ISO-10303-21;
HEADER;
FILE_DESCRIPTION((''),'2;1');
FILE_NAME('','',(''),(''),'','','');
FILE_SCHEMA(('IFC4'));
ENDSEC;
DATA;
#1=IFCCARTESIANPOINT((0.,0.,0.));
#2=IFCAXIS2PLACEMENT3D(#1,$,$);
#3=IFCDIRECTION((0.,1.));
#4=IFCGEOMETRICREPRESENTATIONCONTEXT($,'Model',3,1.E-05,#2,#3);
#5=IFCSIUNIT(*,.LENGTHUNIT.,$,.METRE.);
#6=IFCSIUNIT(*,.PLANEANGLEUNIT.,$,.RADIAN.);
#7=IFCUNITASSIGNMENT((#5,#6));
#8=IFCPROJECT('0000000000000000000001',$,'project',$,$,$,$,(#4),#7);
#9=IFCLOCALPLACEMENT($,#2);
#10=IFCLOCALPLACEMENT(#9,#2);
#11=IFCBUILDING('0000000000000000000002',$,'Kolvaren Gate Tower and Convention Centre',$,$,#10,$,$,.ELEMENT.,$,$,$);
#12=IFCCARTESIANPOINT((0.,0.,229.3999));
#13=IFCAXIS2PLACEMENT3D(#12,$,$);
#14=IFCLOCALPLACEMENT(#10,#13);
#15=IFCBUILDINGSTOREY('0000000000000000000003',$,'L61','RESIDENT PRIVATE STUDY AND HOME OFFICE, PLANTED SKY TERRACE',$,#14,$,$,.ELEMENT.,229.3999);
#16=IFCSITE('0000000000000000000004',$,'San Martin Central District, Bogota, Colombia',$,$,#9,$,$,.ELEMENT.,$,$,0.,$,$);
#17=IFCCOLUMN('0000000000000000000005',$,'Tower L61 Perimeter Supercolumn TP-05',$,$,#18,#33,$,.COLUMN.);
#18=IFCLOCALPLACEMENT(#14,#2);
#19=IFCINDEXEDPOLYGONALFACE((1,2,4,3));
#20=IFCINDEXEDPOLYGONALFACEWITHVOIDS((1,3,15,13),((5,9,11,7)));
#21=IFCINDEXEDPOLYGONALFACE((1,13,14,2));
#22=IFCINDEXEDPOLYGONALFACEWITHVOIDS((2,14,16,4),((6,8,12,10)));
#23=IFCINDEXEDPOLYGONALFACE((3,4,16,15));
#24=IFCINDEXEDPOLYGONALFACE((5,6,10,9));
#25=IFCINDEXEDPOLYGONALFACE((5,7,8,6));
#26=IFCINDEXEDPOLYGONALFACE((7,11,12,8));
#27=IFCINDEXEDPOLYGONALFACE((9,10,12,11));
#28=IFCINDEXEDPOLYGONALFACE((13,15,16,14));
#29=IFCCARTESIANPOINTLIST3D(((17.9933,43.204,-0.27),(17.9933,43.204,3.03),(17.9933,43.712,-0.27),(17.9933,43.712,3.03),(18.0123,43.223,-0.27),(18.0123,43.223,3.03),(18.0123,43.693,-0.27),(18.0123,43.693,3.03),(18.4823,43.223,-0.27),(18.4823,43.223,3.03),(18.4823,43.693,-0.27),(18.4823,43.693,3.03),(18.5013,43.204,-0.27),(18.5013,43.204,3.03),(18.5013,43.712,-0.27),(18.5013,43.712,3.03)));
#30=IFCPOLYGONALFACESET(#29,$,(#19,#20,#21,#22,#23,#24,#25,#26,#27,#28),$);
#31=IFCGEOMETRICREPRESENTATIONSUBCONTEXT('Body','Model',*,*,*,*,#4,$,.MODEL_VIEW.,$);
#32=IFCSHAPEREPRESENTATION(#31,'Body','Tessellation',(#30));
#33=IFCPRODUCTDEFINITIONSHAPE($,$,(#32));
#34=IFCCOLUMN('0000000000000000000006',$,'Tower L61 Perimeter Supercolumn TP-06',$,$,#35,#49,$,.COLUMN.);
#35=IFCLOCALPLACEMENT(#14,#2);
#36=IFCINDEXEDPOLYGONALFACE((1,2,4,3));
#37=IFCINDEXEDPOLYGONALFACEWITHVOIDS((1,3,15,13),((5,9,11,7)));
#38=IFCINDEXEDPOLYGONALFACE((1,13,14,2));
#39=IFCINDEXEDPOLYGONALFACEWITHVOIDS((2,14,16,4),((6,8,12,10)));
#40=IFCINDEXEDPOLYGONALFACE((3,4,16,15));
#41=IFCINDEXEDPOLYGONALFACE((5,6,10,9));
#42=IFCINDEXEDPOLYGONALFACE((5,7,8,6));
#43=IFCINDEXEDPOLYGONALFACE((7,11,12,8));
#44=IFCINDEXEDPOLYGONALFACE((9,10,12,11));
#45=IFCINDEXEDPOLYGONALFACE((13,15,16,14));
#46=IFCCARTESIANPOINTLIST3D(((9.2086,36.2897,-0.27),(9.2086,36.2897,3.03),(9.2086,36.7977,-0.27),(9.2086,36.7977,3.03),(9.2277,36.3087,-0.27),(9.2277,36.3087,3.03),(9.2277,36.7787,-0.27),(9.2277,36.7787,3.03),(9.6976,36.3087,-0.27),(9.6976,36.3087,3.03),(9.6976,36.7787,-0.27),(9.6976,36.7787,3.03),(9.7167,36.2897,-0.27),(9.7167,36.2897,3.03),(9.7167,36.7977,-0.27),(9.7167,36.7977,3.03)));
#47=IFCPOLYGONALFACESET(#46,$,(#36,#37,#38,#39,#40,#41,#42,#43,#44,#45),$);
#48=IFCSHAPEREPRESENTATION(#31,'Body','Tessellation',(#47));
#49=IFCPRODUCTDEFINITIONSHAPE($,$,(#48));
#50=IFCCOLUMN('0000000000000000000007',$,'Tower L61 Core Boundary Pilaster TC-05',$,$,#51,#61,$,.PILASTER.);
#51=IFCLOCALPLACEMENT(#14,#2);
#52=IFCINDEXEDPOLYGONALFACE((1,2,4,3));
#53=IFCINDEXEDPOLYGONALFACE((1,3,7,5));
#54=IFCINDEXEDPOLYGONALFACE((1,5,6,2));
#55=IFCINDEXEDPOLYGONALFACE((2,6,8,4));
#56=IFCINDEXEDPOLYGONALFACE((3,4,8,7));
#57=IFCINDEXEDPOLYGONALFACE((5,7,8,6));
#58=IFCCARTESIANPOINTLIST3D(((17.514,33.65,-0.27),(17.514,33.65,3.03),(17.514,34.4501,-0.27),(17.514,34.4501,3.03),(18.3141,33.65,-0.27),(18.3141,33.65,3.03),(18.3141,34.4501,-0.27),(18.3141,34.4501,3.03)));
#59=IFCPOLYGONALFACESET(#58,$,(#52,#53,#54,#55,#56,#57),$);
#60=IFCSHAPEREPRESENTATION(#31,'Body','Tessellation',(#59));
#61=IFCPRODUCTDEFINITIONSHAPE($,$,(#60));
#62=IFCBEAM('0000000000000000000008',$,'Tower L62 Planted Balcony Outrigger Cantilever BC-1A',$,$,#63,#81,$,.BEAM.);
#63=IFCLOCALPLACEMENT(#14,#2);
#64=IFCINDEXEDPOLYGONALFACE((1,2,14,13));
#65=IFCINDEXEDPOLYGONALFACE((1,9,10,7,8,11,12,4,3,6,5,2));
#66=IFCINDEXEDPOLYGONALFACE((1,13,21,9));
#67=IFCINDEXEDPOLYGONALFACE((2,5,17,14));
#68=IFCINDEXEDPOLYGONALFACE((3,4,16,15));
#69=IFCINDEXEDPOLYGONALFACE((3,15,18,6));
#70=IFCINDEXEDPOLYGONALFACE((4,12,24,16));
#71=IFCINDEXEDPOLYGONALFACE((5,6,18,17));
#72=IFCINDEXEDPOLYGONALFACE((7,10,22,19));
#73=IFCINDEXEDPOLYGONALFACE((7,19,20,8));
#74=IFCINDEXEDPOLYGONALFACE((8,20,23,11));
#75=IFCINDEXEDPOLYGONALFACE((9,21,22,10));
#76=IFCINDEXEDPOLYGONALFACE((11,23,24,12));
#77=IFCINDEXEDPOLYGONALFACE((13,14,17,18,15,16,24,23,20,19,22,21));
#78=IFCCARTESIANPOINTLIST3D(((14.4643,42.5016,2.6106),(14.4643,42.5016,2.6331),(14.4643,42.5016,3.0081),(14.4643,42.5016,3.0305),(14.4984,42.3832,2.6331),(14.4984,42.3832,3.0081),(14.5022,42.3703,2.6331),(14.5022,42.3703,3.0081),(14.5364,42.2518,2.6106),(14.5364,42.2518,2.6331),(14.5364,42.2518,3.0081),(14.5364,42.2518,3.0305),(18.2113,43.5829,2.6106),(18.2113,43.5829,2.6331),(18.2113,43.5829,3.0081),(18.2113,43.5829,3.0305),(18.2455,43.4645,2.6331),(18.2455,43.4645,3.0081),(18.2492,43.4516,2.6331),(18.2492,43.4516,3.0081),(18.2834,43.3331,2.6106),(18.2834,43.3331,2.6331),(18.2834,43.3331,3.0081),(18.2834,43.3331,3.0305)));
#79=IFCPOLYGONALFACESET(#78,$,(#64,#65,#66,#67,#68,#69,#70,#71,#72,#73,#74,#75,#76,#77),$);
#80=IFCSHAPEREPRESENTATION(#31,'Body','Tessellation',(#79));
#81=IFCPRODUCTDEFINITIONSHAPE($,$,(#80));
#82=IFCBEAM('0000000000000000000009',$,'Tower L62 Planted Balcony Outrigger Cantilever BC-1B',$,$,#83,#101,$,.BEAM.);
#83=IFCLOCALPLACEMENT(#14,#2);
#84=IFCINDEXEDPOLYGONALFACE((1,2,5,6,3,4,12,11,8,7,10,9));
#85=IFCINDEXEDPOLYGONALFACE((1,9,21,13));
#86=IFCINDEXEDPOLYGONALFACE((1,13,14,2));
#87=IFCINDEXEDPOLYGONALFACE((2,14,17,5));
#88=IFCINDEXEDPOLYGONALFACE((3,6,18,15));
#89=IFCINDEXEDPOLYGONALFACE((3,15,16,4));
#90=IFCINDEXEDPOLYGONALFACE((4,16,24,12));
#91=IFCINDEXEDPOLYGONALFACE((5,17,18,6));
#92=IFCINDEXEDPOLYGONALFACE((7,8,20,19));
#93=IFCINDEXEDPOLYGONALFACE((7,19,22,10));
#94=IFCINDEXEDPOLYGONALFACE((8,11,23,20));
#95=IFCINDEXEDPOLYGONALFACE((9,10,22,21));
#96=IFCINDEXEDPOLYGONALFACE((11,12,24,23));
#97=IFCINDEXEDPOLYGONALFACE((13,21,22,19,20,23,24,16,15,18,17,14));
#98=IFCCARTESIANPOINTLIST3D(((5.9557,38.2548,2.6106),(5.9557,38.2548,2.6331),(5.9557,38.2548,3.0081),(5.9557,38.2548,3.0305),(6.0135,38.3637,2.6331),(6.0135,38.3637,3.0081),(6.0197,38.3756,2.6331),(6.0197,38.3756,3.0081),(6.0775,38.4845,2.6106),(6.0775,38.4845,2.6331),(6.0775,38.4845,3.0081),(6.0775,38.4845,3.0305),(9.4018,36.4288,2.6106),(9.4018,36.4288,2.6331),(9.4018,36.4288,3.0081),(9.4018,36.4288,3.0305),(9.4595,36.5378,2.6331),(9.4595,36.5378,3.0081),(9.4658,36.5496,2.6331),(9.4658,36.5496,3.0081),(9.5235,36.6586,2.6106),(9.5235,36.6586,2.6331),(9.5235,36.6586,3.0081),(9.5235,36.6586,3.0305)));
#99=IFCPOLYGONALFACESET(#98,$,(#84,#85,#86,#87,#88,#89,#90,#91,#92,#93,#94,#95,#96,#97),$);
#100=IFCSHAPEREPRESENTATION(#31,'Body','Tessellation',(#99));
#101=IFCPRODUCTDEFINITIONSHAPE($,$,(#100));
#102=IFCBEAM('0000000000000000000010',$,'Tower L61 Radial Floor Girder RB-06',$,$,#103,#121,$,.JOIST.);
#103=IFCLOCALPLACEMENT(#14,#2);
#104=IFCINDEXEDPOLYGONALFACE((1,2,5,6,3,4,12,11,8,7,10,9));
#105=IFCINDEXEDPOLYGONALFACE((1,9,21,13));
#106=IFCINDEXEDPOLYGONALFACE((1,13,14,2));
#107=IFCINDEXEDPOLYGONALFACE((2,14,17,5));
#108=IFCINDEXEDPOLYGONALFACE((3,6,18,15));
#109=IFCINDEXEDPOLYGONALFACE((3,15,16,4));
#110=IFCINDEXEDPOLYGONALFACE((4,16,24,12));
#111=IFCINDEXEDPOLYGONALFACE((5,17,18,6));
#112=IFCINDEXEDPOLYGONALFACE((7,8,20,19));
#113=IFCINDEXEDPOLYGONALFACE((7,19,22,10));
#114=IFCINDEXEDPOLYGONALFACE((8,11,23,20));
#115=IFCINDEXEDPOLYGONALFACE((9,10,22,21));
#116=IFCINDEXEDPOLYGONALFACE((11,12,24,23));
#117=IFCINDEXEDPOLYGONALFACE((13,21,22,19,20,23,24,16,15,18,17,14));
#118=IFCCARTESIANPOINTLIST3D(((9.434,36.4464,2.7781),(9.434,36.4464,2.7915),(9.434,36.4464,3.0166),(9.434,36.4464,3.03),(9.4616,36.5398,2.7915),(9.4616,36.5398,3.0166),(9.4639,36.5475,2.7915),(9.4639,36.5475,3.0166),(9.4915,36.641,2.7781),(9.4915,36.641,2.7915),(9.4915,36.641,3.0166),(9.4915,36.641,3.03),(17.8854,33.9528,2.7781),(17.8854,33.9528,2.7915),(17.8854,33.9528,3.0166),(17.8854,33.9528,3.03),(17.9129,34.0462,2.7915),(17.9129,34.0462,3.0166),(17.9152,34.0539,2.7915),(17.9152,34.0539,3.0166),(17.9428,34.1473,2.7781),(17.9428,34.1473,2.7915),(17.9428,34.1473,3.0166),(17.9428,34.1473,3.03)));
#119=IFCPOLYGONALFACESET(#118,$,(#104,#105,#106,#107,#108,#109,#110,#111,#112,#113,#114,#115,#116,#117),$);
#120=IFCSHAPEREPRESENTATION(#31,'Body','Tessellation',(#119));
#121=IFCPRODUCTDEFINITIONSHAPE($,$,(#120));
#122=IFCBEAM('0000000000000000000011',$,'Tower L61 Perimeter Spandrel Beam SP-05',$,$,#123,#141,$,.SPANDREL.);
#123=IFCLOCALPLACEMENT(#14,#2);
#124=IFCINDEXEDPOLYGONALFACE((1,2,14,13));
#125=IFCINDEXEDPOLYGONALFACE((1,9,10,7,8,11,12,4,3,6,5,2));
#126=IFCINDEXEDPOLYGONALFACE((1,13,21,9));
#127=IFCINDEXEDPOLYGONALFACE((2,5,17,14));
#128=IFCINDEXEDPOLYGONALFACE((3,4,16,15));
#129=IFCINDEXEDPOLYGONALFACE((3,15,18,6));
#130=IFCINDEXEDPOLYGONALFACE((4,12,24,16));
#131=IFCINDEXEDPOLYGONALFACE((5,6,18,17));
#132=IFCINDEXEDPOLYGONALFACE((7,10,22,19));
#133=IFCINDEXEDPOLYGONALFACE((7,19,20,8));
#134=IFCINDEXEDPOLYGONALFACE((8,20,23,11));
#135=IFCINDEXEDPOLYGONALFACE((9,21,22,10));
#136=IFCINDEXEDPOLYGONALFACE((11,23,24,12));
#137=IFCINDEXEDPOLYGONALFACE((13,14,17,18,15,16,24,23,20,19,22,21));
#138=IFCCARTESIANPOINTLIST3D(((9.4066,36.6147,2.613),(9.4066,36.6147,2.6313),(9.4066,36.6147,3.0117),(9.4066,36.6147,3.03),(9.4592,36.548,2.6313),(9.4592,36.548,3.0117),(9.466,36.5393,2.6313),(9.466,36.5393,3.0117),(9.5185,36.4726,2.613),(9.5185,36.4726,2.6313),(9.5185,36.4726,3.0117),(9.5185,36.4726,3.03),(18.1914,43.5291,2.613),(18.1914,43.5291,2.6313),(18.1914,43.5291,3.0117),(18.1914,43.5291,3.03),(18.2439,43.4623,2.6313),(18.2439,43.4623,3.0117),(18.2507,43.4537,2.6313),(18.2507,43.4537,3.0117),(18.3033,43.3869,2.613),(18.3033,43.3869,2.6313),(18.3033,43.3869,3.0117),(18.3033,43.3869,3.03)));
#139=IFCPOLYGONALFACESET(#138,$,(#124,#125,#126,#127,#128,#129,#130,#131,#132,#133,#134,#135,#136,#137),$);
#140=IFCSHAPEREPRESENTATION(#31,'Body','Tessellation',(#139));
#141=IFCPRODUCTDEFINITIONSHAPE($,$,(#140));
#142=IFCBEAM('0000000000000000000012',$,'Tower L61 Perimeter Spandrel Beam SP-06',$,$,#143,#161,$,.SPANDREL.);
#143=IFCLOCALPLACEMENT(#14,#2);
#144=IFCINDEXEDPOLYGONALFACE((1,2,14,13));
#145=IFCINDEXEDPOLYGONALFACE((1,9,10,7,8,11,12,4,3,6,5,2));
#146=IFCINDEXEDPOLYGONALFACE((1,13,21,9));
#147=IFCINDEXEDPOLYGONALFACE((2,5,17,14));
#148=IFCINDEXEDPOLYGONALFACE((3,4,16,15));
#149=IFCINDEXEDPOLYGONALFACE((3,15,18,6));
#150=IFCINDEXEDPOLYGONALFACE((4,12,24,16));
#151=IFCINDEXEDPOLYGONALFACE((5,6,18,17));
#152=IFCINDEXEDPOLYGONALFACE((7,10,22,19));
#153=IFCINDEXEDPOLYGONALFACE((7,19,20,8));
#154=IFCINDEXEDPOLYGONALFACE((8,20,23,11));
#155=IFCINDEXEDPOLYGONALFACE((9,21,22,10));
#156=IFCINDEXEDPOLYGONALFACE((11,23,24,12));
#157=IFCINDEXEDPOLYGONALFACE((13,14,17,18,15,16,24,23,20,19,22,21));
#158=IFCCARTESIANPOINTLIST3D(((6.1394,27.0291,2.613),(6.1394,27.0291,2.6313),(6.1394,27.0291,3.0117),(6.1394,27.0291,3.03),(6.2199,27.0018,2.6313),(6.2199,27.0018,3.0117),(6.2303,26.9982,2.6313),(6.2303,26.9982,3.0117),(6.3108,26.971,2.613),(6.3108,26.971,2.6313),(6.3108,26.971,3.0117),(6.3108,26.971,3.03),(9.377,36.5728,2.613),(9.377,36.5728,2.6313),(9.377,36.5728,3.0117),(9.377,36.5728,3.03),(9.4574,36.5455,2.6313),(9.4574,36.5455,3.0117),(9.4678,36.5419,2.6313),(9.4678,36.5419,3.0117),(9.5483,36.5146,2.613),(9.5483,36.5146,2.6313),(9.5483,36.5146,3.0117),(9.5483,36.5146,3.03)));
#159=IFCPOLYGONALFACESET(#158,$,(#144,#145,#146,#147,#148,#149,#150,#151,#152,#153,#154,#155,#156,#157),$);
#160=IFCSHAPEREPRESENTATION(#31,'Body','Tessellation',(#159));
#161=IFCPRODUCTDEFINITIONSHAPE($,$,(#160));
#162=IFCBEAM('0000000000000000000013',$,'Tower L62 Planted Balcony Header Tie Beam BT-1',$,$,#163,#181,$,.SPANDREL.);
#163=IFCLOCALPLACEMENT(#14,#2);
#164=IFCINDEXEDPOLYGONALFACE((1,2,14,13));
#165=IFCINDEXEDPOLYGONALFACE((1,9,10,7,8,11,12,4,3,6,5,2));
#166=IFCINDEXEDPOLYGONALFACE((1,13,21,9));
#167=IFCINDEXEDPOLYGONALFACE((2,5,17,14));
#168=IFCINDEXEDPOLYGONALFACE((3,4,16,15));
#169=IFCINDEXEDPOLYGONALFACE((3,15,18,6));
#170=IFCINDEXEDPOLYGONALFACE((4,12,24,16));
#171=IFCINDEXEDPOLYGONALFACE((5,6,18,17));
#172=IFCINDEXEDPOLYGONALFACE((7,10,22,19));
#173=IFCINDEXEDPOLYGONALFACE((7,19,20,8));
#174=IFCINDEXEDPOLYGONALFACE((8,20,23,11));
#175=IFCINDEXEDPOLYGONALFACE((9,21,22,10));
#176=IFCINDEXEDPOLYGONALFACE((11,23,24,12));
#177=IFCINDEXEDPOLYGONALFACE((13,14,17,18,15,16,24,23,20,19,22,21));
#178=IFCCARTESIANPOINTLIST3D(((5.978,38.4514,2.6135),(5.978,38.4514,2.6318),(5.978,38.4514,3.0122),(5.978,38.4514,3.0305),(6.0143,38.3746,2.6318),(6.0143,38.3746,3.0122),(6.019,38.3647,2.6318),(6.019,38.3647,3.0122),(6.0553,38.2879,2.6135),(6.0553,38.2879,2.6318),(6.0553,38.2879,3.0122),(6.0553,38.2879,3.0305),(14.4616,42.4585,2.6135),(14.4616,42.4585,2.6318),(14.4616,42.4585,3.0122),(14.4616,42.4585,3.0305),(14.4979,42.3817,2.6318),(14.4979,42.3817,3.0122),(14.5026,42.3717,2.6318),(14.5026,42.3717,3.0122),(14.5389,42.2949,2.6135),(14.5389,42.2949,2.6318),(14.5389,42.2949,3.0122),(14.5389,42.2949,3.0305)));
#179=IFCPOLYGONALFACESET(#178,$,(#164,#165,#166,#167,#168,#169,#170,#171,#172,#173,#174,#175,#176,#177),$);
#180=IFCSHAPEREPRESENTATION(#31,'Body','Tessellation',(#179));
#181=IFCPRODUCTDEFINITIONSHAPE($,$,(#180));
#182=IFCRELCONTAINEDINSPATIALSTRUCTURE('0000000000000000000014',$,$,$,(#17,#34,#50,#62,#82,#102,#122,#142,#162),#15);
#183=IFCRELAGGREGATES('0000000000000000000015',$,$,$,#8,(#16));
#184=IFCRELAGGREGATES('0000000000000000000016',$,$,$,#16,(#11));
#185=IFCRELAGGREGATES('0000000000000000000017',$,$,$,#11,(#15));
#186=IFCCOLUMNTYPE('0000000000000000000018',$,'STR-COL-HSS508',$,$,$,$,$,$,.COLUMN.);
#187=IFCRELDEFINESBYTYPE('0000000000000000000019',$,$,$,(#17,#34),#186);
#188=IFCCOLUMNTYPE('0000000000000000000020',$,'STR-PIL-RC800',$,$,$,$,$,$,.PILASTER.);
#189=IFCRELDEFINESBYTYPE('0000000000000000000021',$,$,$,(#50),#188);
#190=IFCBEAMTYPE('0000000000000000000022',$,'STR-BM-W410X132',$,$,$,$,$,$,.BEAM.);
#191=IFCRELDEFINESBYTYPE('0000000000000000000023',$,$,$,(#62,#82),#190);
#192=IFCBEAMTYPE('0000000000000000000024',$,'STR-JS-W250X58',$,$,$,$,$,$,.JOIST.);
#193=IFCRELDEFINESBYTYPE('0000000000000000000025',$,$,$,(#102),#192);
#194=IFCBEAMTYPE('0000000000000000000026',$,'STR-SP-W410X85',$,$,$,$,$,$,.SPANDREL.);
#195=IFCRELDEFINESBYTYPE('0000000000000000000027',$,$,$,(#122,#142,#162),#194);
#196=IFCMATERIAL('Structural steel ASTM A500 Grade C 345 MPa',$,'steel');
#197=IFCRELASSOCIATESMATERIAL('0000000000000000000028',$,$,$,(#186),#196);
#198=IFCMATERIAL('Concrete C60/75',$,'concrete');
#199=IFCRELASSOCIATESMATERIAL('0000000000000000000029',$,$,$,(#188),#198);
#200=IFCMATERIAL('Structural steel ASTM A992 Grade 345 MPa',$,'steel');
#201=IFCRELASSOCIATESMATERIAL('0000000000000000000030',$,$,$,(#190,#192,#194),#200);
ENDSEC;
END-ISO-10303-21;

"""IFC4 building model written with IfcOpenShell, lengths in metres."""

from ifc_helpers import new_model, si_unit, direction, frame, origin, origin_2d, place, context, subcontext, project, spatial, rectangle, hollow_rectangle, i_section, extrude, material, material_profile, profile_set, type_object, element, save


model = new_model("IFC4")

# Units and contexts
model_context = context("Model", 3, precision=1e-05, world=origin(), true_north=direction((0.0, 1.0)))
body_context = subcontext(model_context, "Body", "Model", "MODEL_VIEW")
ifc_project = project(units=[si_unit("LENGTHUNIT", "METRE"), si_unit("PLANEANGLEUNIT", "RADIAN")], contexts=[model_context])

# Site, building, storey
site_placement = place(None, origin())
site = spatial("IfcSite", under=ifc_project, at=site_placement, Name="San Martin Central District, Bogota, Colombia", CompositionType="ELEMENT", RefElevation=0.0)
building_placement = place(site_placement, origin())
building = spatial("IfcBuilding", under=site, at=building_placement, Name="Kolvaren Gate Tower and Convention Centre", CompositionType="ELEMENT")
storey_placement = place(building_placement, frame((0.0, 0.0, 229.3999)))
storey = spatial("IfcBuildingStorey", under=building, at=storey_placement, Name="L61", Description="RESIDENT PRIVATE STUDY AND HOME OFFICE, PLANTED SKY TERRACE", CompositionType="ELEMENT", Elevation=229.3999)

# Columns
ifc_material_1 = material(Name="Structural steel ASTM A500 Grade C 345 MPa", Category="steel")
ifc_material_profile_1 = material_profile(ifc_material_1, hollow_rectangle(XDim=0.5081, YDim=0.5081, WallThickness=0.019, at=origin_2d()), Name="HSS508X508X19.1")
ifc_profile_set_1 = profile_set([ifc_material_profile_1], Name="Structural steel ASTM A500 Grade C 345 MPa")
column_type_1 = type_object("IfcColumnType", Name="STR-COL-HSS508", PredefinedType="COLUMN", material=ifc_profile_set_1)
for number, where, z_axis, x_axis, name in (
    (1, (18.2473, 43.458, -0.27), (0.0, 0.0, 1.0), (1.0, 0.0, 0.0), "Tower L61 Perimeter Supercolumn TP-05"),
    (2, (9.4626, 36.5437, -0.27), (0.0, 0.0, 1.0), (1.0, 0.0, 0.0), "Tower L61 Perimeter Supercolumn TP-06"),
):
    element("IfcColumn", number, at=place(storey_placement, frame(where, z_axis=z_axis, x_axis=x_axis)), inside=storey, type_object=column_type_1, Name=name, PredefinedType="COLUMN", context=body_context, shape_type="SweptSolid", body=[
        extrude(hollow_rectangle(XDim=0.5081, YDim=0.5081, WallThickness=0.019, at=origin_2d()), origin(), (0.0, 0.0, 1.0), 3.3),
    ])
ifc_material_2 = material(Name="Concrete C60/75", Category="concrete")
ifc_material_profile_2 = material_profile(ifc_material_2, rectangle(XDim=0.8, YDim=0.8, at=origin_2d()), Name="RC-COL-800X800")
ifc_profile_set_2 = profile_set([ifc_material_profile_2], Name="Concrete C60/75")
column_type_2 = type_object("IfcColumnType", Name="STR-PIL-RC800", PredefinedType="PILASTER", material=ifc_profile_set_2)
column_placement = place(storey_placement, frame((17.9141, 34.05, -0.27), z_axis=(0.0, 0.0, 1.0), x_axis=(1.0, 0.0, 0.0)))
element("IfcColumn", 3, at=column_placement, inside=storey, type_object=column_type_2, Name="Tower L61 Core Boundary Pilaster TC-05", PredefinedType="PILASTER", context=body_context, shape_type="SweptSolid", body=[
    extrude(rectangle(XDim=0.8, YDim=0.8, at=origin_2d()), origin(), (0.0, 0.0, 1.0), 3.3),
])

# Beams
ifc_material_3 = material(Name="Structural steel ASTM A992 Grade 345 MPa", Category="steel")
ifc_material_profile_3 = material_profile(ifc_material_3, i_section(OverallWidth=0.26, OverallDepth=0.4199, WebThickness=0.0134, FlangeThickness=0.0225, at=origin_2d()), Name="W410X132")
ifc_profile_set_3 = profile_set([ifc_material_profile_3], Name="Structural steel ASTM A992 Grade 345 MPa")
beam_type_1 = type_object("IfcBeamType", Name="STR-BM-W410X132", PredefinedType="BEAM", material=ifc_profile_set_3)
for number, where, z_axis, x_axis, name in (
    (4, (18.2473, 43.458, 2.8206), (-0.960795, -0.277258, 0.0), (0.277258, -0.960795, 0.0), "Tower L62 Planted Balcony Outrigger Cantilever BC-1A"),
    (5, (9.4626, 36.5437, 2.8206), (-0.883623, 0.468198, 0.0), (-0.468198, -0.883623, 0.0), "Tower L62 Planted Balcony Outrigger Cantilever BC-1B"),
):
    element("IfcBeam", number, at=place(storey_placement, frame(where, z_axis=z_axis, x_axis=x_axis)), inside=storey, type_object=beam_type_1, Name=name, PredefinedType="BEAM", context=body_context, shape_type="SweptSolid", body=[
        extrude(i_section(OverallWidth=0.26, OverallDepth=0.4199, WebThickness=0.0134, FlangeThickness=0.0225, at=origin_2d()), origin(), (0.0, 0.0, 1.0), 3.8999),
    ])
ifc_material_profile_4 = material_profile(ifc_material_3, i_section(OverallWidth=0.2029, OverallDepth=0.252, WebThickness=0.0081, FlangeThickness=0.0134, at=origin_2d()), Name="W250X58")
ifc_profile_set_4 = profile_set([ifc_material_profile_4], Name="Structural steel ASTM A992 Grade 345 MPa")
beam_type_2 = type_object("IfcBeamType", Name="STR-JS-W250X58", PredefinedType="JOIST", material=ifc_profile_set_4)
beam_1_placement = place(storey_placement, frame((17.9141, 34.05, 2.9041), z_axis=(-0.959121, 0.282996, 0.0), x_axis=(-0.282996, -0.959121, 0.0)))
element("IfcBeam", 6, at=beam_1_placement, inside=storey, type_object=beam_type_2, Name="Tower L61 Radial Floor Girder RB-06", PredefinedType="JOIST", context=body_context, shape_type="SweptSolid", body=[
    extrude(i_section(OverallWidth=0.2029, OverallDepth=0.252, WebThickness=0.0081, FlangeThickness=0.0134, at=origin_2d()), origin(), (0.0, 0.0, 1.0), 8.8115),
])
ifc_material_profile_5 = material_profile(ifc_material_3, i_section(OverallWidth=0.1809, OverallDepth=0.417, WebThickness=0.011, FlangeThickness=0.0183, at=origin_2d()), Name="W410X85")
ifc_profile_set_5 = profile_set([ifc_material_profile_5], Name="Structural steel ASTM A992 Grade 345 MPa")
beam_type_3 = type_object("IfcBeamType", Name="STR-SP-W410X85", PredefinedType="SPANDREL", material=ifc_profile_set_5)
beam_2_placement = place(storey_placement, frame((18.2473, 43.458, 2.8215), z_axis=(-0.785794, -0.618489, 0.0), x_axis=(0.618489, -0.785794, 0.0)))
element("IfcBeam", 7, at=beam_2_placement, inside=storey, type_object=beam_type_3, Name="Tower L61 Perimeter Spandrel Beam SP-05", PredefinedType="SPANDREL", context=body_context, shape_type="SweptSolid", body=[
    extrude(i_section(OverallWidth=0.1809, OverallDepth=0.417, WebThickness=0.011, FlangeThickness=0.0183, at=origin_2d()), origin(), (0.0, 0.0, 1.0), 11.1794),
])
beam_3_placement = place(storey_placement, frame((9.4626, 36.5437, 2.8215), z_axis=(-0.321253, -0.946994, 0.0), x_axis=(0.946994, -0.321253, 0.0)))
element("IfcBeam", 8, at=beam_3_placement, inside=storey, type_object=beam_type_3, Name="Tower L61 Perimeter Spandrel Beam SP-06", PredefinedType="SPANDREL", context=body_context, shape_type="SweptSolid", body=[
    extrude(i_section(OverallWidth=0.1809, OverallDepth=0.417, WebThickness=0.011, FlangeThickness=0.0183, at=origin_2d()), origin(), (0.0, 0.0, 1.0), 10.0779),
])
beam_4_placement = place(storey_placement, frame((14.5002, 42.3767, 2.822), z_axis=(-0.904211, -0.427086, 0.0), x_axis=(0.427086, -0.904211, 0.0)))
element("IfcBeam", 9, at=beam_4_placement, inside=storey, type_object=beam_type_3, Name="Tower L62 Planted Balcony Header Tie Beam BT-1", PredefinedType="SPANDREL", context=body_context, shape_type="SweptSolid", body=[
    extrude(i_section(OverallWidth=0.1809, OverallDepth=0.417, WebThickness=0.011, FlangeThickness=0.0183, at=origin_2d()), origin(), (0.0, 0.0, 1.0), 9.3823),
])

save(model, "model.ifc")
